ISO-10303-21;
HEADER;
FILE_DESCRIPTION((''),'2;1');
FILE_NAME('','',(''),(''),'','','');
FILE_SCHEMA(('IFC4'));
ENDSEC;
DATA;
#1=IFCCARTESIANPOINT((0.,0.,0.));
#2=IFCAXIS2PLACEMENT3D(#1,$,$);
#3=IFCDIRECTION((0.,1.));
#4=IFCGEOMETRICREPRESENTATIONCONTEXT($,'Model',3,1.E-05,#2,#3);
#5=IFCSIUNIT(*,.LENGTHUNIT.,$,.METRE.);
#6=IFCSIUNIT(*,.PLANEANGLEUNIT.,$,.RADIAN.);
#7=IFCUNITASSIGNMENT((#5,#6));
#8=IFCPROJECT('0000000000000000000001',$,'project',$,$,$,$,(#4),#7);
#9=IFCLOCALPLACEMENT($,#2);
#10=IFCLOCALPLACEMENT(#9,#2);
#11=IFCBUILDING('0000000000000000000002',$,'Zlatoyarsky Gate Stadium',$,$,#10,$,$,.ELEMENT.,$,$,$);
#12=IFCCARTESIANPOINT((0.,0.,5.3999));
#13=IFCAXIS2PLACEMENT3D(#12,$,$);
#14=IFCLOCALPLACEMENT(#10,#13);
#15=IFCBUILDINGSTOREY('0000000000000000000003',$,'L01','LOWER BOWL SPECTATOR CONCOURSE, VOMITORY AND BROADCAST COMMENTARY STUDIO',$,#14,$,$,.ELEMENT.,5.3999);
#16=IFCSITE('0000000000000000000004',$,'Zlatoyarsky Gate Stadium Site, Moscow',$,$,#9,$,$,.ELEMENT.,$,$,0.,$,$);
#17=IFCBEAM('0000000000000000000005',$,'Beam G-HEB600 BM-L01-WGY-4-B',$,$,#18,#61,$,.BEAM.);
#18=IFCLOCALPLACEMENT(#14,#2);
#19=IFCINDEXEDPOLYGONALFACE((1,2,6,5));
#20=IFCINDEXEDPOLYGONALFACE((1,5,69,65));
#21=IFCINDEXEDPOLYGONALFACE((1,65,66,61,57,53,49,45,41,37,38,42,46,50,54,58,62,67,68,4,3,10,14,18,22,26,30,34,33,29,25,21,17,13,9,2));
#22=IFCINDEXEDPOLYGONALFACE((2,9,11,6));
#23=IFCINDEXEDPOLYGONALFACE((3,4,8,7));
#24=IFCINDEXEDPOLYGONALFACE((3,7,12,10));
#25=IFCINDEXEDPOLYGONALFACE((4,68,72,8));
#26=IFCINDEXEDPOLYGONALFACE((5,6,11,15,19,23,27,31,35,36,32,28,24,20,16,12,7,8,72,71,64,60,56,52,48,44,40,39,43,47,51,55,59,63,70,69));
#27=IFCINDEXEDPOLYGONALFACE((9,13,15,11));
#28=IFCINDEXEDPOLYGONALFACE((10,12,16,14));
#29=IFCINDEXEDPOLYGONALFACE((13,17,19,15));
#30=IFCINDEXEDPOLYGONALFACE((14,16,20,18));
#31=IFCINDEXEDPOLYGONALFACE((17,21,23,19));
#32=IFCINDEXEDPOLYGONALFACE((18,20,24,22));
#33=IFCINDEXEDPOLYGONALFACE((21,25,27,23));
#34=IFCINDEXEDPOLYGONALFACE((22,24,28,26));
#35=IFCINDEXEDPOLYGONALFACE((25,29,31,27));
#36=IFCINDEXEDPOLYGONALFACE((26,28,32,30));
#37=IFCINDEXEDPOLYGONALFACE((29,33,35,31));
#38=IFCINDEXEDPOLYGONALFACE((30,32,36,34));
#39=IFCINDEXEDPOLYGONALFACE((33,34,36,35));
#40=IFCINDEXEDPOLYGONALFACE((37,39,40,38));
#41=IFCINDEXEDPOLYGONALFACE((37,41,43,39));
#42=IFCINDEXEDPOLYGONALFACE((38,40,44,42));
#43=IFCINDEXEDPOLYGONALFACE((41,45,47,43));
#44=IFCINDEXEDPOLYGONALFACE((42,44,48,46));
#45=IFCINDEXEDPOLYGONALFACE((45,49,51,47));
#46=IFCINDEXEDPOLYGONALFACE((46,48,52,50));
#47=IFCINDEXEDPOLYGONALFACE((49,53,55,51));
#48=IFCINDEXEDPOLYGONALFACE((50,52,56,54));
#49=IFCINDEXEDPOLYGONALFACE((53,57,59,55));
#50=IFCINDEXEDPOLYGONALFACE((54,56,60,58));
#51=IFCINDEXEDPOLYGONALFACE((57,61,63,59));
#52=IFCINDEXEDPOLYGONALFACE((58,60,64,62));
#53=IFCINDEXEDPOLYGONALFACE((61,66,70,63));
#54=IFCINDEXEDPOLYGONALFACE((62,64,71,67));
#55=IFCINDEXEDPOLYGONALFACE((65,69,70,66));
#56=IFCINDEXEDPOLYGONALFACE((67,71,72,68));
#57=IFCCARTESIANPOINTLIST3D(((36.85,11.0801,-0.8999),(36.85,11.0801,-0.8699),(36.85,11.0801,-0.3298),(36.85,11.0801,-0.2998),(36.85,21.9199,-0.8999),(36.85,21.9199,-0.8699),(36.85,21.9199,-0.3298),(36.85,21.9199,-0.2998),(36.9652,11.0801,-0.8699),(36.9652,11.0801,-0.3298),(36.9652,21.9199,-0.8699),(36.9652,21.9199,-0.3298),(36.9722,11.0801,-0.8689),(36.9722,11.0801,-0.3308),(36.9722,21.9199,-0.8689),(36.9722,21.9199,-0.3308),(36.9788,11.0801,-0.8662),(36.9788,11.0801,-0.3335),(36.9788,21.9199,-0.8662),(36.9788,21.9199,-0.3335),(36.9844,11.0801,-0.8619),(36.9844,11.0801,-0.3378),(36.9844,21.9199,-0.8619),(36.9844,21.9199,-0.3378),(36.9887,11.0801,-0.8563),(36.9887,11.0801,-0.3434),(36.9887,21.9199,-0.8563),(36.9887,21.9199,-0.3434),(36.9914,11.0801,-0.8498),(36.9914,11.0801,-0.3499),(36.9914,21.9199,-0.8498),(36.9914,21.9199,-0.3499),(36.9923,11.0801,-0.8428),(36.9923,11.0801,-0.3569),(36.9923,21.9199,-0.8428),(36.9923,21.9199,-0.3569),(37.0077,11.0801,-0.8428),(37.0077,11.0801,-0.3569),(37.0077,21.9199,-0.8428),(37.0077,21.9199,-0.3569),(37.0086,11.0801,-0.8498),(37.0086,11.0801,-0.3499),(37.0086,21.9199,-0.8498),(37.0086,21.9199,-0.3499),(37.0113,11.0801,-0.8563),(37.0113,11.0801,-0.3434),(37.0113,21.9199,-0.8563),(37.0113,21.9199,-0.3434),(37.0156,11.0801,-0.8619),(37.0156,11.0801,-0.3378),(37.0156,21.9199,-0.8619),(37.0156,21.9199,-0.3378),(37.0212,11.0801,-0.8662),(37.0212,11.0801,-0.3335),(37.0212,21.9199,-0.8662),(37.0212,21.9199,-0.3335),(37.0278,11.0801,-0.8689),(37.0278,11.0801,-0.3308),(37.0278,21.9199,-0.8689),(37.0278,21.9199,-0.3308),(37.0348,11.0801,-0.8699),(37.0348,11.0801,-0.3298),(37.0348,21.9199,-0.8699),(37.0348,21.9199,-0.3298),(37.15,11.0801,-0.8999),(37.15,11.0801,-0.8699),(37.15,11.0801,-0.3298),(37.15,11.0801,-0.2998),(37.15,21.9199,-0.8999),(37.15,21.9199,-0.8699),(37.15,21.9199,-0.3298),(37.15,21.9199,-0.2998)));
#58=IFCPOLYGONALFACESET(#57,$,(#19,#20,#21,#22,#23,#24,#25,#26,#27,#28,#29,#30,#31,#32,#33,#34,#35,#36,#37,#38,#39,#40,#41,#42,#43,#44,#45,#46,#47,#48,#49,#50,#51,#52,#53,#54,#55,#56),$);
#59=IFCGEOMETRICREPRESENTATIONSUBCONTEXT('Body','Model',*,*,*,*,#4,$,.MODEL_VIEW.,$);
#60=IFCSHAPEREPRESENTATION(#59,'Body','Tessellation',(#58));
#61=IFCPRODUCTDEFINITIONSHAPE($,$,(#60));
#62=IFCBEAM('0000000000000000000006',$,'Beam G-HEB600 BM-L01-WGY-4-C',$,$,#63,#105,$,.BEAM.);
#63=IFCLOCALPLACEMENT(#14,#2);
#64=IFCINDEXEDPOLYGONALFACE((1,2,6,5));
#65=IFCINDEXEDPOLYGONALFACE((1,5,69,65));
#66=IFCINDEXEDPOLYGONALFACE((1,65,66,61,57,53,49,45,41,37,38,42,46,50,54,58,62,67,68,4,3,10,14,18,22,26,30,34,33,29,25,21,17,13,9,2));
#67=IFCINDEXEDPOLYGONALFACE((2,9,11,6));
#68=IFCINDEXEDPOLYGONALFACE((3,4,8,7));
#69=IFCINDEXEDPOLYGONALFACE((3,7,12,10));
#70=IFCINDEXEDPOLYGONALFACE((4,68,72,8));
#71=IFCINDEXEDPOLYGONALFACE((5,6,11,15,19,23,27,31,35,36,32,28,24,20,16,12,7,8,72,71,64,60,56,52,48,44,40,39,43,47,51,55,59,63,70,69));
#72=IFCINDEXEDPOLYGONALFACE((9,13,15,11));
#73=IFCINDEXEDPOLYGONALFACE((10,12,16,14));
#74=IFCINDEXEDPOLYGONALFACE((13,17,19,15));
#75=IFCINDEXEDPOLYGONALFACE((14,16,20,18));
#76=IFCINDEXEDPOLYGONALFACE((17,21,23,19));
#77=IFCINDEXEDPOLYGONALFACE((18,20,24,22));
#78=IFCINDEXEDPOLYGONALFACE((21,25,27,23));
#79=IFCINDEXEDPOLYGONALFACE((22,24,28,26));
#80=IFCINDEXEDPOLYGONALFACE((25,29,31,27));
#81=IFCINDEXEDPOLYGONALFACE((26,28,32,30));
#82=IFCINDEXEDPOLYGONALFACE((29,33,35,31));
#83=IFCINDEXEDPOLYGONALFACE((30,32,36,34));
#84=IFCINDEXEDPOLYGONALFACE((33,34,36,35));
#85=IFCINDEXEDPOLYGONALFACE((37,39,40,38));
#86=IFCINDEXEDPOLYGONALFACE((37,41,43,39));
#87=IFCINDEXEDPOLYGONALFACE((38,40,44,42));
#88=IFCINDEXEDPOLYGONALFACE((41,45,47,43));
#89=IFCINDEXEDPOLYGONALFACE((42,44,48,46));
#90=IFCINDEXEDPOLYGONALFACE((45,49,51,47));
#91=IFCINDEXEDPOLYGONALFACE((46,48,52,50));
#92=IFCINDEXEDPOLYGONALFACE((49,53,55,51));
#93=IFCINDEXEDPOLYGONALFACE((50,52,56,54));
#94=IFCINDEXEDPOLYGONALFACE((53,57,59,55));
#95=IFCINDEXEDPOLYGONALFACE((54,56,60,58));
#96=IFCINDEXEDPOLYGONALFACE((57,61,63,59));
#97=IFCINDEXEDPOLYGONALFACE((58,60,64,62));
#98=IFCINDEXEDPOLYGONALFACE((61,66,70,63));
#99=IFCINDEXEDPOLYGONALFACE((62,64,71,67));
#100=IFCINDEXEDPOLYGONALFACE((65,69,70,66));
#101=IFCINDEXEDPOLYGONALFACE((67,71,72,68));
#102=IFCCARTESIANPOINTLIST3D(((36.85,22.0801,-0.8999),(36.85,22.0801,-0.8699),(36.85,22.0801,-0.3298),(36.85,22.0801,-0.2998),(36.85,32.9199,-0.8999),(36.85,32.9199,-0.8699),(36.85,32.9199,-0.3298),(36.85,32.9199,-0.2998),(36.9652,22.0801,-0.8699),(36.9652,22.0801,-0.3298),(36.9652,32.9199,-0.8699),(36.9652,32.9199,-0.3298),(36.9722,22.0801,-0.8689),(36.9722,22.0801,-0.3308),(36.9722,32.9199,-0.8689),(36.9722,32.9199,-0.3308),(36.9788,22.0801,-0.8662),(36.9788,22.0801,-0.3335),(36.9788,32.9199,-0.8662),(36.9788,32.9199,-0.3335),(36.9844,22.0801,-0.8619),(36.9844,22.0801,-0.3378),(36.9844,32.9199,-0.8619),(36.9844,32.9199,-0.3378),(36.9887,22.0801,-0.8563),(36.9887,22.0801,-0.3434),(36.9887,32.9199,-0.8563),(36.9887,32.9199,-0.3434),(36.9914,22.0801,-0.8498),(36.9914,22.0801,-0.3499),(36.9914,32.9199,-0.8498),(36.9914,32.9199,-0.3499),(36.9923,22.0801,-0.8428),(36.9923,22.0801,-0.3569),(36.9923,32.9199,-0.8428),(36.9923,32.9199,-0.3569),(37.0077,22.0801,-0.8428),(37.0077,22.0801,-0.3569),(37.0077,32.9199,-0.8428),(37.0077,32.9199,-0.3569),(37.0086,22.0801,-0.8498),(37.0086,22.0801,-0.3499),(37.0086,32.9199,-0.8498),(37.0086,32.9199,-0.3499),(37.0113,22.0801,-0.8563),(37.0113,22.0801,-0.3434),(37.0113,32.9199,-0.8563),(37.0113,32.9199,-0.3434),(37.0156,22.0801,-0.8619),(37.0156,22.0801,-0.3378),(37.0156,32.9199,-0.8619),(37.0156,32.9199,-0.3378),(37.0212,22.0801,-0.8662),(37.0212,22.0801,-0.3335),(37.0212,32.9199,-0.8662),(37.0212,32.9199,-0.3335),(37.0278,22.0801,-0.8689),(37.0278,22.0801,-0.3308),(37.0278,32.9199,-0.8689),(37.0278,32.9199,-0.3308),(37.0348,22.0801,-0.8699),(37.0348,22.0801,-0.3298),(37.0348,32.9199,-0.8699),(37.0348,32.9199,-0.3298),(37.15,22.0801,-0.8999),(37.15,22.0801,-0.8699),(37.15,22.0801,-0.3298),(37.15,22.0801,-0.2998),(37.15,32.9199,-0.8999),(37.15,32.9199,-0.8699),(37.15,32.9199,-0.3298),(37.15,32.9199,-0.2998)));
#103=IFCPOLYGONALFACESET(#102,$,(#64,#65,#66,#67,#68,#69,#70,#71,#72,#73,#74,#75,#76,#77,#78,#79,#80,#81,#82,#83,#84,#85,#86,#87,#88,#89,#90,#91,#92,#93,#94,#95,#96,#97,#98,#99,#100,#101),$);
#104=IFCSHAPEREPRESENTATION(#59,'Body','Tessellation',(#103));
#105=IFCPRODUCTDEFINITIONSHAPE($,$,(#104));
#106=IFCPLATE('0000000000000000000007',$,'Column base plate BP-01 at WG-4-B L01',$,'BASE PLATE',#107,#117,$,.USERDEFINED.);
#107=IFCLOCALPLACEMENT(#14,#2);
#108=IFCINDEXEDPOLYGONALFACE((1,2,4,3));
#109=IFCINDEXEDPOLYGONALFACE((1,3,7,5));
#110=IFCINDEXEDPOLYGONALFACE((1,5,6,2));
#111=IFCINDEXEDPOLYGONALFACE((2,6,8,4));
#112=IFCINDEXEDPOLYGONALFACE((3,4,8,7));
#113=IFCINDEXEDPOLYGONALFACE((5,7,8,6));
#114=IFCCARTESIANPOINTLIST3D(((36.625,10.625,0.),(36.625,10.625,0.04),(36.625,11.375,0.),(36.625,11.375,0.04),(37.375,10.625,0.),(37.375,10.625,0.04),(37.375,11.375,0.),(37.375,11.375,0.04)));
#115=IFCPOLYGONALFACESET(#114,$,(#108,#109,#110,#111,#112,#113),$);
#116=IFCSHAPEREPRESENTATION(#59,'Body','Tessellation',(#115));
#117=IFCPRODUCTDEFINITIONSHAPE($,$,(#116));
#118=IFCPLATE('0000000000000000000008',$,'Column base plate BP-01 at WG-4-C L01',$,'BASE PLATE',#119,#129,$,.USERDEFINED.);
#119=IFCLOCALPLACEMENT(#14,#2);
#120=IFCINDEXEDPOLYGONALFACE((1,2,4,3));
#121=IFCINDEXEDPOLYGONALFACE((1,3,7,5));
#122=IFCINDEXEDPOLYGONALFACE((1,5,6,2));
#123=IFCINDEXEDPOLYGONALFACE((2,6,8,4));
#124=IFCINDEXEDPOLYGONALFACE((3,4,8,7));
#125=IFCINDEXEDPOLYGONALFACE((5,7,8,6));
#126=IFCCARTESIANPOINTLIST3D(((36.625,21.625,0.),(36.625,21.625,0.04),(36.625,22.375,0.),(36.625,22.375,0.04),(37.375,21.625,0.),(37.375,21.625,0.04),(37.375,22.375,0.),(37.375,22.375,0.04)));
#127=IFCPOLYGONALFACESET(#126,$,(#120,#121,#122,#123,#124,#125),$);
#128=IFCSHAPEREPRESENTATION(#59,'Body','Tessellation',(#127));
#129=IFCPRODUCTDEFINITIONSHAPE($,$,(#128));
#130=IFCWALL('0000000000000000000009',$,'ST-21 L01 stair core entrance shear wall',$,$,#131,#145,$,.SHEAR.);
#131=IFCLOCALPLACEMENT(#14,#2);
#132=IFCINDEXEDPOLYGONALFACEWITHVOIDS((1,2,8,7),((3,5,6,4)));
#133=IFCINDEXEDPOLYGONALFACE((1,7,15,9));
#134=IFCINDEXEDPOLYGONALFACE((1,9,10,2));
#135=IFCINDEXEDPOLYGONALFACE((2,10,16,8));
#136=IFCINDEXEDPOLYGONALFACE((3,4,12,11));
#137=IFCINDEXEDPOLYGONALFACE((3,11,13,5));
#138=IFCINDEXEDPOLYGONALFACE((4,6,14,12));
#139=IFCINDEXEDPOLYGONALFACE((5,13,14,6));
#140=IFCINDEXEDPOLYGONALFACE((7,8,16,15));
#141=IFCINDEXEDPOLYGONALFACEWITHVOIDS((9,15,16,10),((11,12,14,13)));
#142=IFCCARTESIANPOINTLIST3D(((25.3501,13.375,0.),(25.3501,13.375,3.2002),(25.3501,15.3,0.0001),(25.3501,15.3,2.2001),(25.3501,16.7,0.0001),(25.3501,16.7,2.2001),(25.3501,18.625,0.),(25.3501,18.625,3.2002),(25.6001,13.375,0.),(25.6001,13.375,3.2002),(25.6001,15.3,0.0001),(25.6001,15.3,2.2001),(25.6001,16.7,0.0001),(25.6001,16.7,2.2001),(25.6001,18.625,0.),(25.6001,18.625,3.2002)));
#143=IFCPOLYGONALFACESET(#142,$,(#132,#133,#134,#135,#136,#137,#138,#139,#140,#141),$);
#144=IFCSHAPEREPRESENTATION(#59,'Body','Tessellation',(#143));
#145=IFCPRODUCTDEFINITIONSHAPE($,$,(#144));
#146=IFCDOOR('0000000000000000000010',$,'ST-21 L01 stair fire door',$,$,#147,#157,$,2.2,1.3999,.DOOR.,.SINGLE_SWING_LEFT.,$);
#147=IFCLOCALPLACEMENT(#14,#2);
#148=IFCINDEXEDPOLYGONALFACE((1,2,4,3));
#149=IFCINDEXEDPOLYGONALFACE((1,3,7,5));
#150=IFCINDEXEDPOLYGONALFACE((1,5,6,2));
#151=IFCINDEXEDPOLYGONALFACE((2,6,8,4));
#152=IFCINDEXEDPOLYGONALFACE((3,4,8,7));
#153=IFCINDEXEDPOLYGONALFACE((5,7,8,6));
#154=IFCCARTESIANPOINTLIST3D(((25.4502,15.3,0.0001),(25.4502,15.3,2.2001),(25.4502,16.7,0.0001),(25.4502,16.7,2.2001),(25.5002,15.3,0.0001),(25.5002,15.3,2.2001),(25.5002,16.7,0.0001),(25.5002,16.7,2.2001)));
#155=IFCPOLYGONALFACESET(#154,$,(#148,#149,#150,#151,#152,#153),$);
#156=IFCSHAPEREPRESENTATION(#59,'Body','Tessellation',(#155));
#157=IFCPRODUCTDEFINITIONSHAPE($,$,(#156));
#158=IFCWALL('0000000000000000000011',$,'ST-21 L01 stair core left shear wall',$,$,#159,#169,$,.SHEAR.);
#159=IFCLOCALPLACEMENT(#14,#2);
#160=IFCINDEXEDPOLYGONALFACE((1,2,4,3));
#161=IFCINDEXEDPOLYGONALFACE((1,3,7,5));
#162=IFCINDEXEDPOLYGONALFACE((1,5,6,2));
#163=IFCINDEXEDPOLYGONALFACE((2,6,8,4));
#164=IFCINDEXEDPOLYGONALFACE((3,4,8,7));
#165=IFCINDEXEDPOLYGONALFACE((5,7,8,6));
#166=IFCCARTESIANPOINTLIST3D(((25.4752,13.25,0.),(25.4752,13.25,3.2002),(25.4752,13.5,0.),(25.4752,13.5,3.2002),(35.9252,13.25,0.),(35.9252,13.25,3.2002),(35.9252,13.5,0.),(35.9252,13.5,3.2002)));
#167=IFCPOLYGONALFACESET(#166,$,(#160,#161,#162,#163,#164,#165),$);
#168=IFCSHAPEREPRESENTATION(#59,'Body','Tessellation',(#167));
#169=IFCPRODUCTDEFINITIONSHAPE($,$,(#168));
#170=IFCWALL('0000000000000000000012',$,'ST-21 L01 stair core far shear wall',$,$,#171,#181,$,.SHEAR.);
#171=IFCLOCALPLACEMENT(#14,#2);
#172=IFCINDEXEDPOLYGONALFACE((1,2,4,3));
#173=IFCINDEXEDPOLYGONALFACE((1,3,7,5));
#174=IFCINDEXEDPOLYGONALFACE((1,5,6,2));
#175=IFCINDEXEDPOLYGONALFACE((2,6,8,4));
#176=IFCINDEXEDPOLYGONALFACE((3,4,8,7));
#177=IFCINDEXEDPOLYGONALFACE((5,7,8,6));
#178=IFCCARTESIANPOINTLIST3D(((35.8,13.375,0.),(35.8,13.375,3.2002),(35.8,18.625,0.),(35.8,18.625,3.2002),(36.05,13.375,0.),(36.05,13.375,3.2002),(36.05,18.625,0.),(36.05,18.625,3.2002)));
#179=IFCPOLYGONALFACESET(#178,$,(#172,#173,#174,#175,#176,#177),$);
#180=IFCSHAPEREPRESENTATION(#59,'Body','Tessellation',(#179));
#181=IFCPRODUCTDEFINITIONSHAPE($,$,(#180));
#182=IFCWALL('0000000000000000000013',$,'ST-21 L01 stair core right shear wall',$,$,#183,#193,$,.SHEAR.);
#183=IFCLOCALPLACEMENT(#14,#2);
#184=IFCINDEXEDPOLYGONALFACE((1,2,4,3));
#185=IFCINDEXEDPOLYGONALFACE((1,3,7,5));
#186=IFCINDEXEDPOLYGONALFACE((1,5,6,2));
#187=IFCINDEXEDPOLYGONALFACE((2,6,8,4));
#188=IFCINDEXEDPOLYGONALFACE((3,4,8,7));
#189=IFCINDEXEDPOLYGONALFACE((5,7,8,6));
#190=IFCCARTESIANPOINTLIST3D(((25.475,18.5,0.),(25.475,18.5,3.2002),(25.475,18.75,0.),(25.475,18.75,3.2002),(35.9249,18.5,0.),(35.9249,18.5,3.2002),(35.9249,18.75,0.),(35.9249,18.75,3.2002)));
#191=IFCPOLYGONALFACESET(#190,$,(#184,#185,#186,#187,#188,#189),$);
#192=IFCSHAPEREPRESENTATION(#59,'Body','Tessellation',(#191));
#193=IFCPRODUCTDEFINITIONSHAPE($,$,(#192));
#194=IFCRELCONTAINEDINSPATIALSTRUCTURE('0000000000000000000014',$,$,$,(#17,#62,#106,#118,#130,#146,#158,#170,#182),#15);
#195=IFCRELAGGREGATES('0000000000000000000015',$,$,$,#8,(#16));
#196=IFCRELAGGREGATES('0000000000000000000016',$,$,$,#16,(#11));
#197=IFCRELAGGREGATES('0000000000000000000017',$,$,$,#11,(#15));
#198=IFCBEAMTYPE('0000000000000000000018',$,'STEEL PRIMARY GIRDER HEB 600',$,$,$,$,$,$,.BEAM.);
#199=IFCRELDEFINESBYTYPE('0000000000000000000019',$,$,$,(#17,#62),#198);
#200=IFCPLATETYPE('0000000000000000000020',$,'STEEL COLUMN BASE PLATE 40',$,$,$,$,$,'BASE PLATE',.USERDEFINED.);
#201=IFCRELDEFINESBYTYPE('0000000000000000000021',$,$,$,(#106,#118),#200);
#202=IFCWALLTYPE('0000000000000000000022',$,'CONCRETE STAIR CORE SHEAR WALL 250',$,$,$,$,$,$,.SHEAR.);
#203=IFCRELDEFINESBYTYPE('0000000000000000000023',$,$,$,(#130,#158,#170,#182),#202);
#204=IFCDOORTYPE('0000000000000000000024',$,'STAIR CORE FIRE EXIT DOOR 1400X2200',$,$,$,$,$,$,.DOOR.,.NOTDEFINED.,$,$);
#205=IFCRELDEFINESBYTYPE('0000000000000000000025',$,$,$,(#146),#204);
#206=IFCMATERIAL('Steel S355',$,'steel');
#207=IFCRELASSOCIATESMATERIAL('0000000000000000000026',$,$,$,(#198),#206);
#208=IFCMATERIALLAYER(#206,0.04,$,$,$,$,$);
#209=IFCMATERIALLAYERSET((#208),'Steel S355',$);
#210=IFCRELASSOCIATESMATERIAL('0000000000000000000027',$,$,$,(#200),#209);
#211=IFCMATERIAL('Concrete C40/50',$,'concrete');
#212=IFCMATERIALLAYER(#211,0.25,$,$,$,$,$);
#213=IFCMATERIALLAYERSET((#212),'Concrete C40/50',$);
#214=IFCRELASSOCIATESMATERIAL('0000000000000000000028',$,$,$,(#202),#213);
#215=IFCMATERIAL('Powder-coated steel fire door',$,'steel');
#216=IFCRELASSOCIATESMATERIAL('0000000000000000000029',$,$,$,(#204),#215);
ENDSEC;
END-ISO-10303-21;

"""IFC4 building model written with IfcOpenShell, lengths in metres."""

from ifc_helpers import new_model, si_unit, direction, frame, frame_2d, origin, origin_2d, place, context, subcontext, project, spatial, rectangle, i_section, extrude, material, layer, layer_set, material_profile, profile_set, type_object, element, fill, save


model = new_model("IFC4")

# Units and contexts
model_context = context("Model", 3, precision=1e-05, world=origin(), true_north=direction((0.0, 1.0)))
body_context = subcontext(model_context, "Body", "Model", "MODEL_VIEW")
ifc_project = project(units=[si_unit("LENGTHUNIT", "METRE"), si_unit("PLANEANGLEUNIT", "RADIAN")], contexts=[model_context])

# Site, building, storey
site_placement = place(None, origin())
site = spatial("IfcSite", under=ifc_project, at=site_placement, Name="Zlatoyarsky Gate Stadium Site, Moscow", CompositionType="ELEMENT", RefElevation=0.0)
building_placement = place(site_placement, origin())
building = spatial("IfcBuilding", under=site, at=building_placement, Name="Zlatoyarsky Gate Stadium", CompositionType="ELEMENT")
storey_placement = place(building_placement, frame((0.0, 0.0, 5.3999)))
storey = spatial("IfcBuildingStorey", under=building, at=storey_placement, Name="L01", Description="LOWER BOWL SPECTATOR CONCOURSE, VOMITORY AND BROADCAST COMMENTARY STUDIO", CompositionType="ELEMENT", Elevation=5.3999)

# Shared definitions
ifc_material_1 = material(Name="Steel S355", Category="steel")

# Beams
ifc_material_profile_1 = material_profile(ifc_material_1, i_section(OverallWidth=0.3, OverallDepth=0.6001, WebThickness=0.0154, FlangeThickness=0.03, FilletRadius=0.0271, at=origin_2d()), Name="HEB 600")
ifc_profile_set_1 = profile_set([ifc_material_profile_1], Name="Steel S355")
beam_type_1 = type_object("IfcBeamType", Name="STEEL PRIMARY GIRDER HEB 600", PredefinedType="BEAM", material=ifc_profile_set_1)
for number, where, z_axis, x_axis, name in (
    (1, (37.0, 11.0801, -0.5999), (0.0, 1.0, 0.0), (-1.0, 0.0, 0.0), "Beam G-HEB600 BM-L01-WGY-4-B"),
    (2, (37.0, 22.0801, -0.5999), (0.0, 1.0, 0.0), (-1.0, 0.0, 0.0), "Beam G-HEB600 BM-L01-WGY-4-C"),
):
    element("IfcBeam", number, at=place(storey_placement, frame(where, z_axis=z_axis, x_axis=x_axis)), inside=storey, type_object=beam_type_1, Name=name, PredefinedType="BEAM", context=body_context, shape_type="SweptSolid", body=[
        extrude(i_section(OverallWidth=0.3, OverallDepth=0.6001, WebThickness=0.0154, FlangeThickness=0.03, FilletRadius=0.0271, at=origin_2d()), origin(), (0.0, 0.0, 1.0), 10.8398),
    ])

# Plates
ifc_layer_1 = layer(ifc_material_1, 0.04)
ifc_layer_set_1 = layer_set([ifc_layer_1], Name="Steel S355")
plate_type = type_object("IfcPlateType", Name="STEEL COLUMN BASE PLATE 40", ElementType="BASE PLATE", PredefinedType="USERDEFINED", material=ifc_layer_set_1)
for number, where, z_axis, x_axis, name in (
    (3, (37.0, 11.0, 0.0), (0.0, 0.0, 1.0), (1.0, 0.0, 0.0), "Column base plate BP-01 at WG-4-B L01"),
    (4, (37.0, 22.0, 0.0), (0.0, 0.0, 1.0), (1.0, 0.0, 0.0), "Column base plate BP-01 at WG-4-C L01"),
):
    element("IfcPlate", number, at=place(storey_placement, frame(where, z_axis=z_axis, x_axis=x_axis)), inside=storey, type_object=plate_type, Name=name, ObjectType="BASE PLATE", PredefinedType="USERDEFINED", context=body_context, shape_type="SweptSolid", body=[
        extrude(rectangle(XDim=0.75, YDim=0.75, at=origin_2d()), origin(), (0.0, 0.0, 1.0), 0.04),
    ])

# Wall, opening, door
ifc_material_2 = material(Name="Concrete C40/50", Category="concrete")
ifc_layer_2 = layer(ifc_material_2, 0.25)
ifc_layer_set_2 = layer_set([ifc_layer_2], Name="Concrete C40/50")
wall_type_1 = type_object("IfcWallType", Name="CONCRETE STAIR CORE SHEAR WALL 250", PredefinedType="SHEAR", material=ifc_layer_set_2)
wall_1_placement = place(storey_placement, frame((25.4751, 18.625, 0.0), z_axis=(0.0, 0.0, 1.0), x_axis=(0.0, -1.0, 0.0)))
wall_1 = element("IfcWall", 5, at=wall_1_placement, inside=storey, type_object=wall_type_1, Name="ST-21 L01 stair core entrance shear wall", PredefinedType="SHEAR", context=body_context, shape_type="SweptSolid", body=[
    extrude(rectangle(XDim=5.25, YDim=0.25, at=frame_2d((2.625, 0.0))), origin(), (0.0, 0.0, 1.0), 3.2002),
])
opening_1_placement = place(wall_1_placement, frame((1.925, 0.0, 0.0)))
opening_1 = element("IfcOpeningElement", 6, at=opening_1_placement, cuts=wall_1, PredefinedType="OPENING", context=body_context, shape_type="SweptSolid", body=[
    extrude(rectangle(XDim=1.3999, YDim=2.2, at=frame_2d((0.7, 1.1001))), frame((0.0, 0.135, 0.0), z_axis=(0.0, -1.0, 0.0), x_axis=(1.0, 0.0, 0.0)), (0.0, 0.0, 1.0), 0.27),
])
ifc_material_3 = material(Name="Powder-coated steel fire door", Category="steel")
door_type = type_object("IfcDoorType", Name="STAIR CORE FIRE EXIT DOOR 1400X2200", OperationType="NOTDEFINED", PredefinedType="DOOR", material=ifc_material_3)
door_1_placement = place(opening_1_placement, frame((1.3999, 0.0, 0.0), z_axis=(0.0, 0.0, 1.0), x_axis=(-1.0, 0.0, 0.0)))
door_1 = element("IfcDoor", 7, at=door_1_placement, inside=storey, type_object=door_type, Name="ST-21 L01 stair fire door", OperationType="SINGLE_SWING_LEFT", OverallHeight=2.2, OverallWidth=1.3999, PredefinedType="DOOR", context=body_context, shape_type="SweptSolid", body=[
    extrude(rectangle(XDim=1.3999, YDim=2.2, at=frame_2d((0.7, 1.1001))), frame((0.0, 0.0249, 0.0), z_axis=(0.0, -1.0, 0.0), x_axis=(1.0, 0.0, 0.0)), (0.0, 0.0, 1.0), 0.05),
])
fill(opening_1, door_1)

# Walls
wall_2_placement = place(storey_placement, frame((25.4751, 13.375, 0.0), z_axis=(0.0, 0.0, 1.0), x_axis=(1.0, 0.0, 0.0)))
element("IfcWall", 8, at=wall_2_placement, inside=storey, type_object=wall_type_1, Name="ST-21 L01 stair core left shear wall", PredefinedType="SHEAR", context=body_context, shape_type="SweptSolid", body=[
    extrude(rectangle(XDim=10.45, YDim=0.25, at=frame_2d((5.2251, 0.0))), origin(), (0.0, 0.0, 1.0), 3.2002),
])
wall_3_placement = place(storey_placement, frame((35.925, 13.375, 0.0), z_axis=(0.0, 0.0, 1.0), x_axis=(0.0, 1.0, 0.0)))
element("IfcWall", 9, at=wall_3_placement, inside=storey, type_object=wall_type_1, Name="ST-21 L01 stair core far shear wall", PredefinedType="SHEAR", context=body_context, shape_type="SweptSolid", body=[
    extrude(rectangle(XDim=5.25, YDim=0.25, at=frame_2d((2.625, 0.0))), origin(), (0.0, 0.0, 1.0), 3.2002),
])
wall_4_placement = place(storey_placement, frame((35.925, 18.625, 0.0), z_axis=(0.0, 0.0, 1.0), x_axis=(-1.0, 0.0, 0.0)))
element("IfcWall", 10, at=wall_4_placement, inside=storey, type_object=wall_type_1, Name="ST-21 L01 stair core right shear wall", PredefinedType="SHEAR", context=body_context, shape_type="SweptSolid", body=[
    extrude(rectangle(XDim=10.45, YDim=0.25, at=frame_2d((5.2251, 0.0))), origin(), (0.0, 0.0, 1.0), 3.2002),
])

save(model, "model.ifc")
